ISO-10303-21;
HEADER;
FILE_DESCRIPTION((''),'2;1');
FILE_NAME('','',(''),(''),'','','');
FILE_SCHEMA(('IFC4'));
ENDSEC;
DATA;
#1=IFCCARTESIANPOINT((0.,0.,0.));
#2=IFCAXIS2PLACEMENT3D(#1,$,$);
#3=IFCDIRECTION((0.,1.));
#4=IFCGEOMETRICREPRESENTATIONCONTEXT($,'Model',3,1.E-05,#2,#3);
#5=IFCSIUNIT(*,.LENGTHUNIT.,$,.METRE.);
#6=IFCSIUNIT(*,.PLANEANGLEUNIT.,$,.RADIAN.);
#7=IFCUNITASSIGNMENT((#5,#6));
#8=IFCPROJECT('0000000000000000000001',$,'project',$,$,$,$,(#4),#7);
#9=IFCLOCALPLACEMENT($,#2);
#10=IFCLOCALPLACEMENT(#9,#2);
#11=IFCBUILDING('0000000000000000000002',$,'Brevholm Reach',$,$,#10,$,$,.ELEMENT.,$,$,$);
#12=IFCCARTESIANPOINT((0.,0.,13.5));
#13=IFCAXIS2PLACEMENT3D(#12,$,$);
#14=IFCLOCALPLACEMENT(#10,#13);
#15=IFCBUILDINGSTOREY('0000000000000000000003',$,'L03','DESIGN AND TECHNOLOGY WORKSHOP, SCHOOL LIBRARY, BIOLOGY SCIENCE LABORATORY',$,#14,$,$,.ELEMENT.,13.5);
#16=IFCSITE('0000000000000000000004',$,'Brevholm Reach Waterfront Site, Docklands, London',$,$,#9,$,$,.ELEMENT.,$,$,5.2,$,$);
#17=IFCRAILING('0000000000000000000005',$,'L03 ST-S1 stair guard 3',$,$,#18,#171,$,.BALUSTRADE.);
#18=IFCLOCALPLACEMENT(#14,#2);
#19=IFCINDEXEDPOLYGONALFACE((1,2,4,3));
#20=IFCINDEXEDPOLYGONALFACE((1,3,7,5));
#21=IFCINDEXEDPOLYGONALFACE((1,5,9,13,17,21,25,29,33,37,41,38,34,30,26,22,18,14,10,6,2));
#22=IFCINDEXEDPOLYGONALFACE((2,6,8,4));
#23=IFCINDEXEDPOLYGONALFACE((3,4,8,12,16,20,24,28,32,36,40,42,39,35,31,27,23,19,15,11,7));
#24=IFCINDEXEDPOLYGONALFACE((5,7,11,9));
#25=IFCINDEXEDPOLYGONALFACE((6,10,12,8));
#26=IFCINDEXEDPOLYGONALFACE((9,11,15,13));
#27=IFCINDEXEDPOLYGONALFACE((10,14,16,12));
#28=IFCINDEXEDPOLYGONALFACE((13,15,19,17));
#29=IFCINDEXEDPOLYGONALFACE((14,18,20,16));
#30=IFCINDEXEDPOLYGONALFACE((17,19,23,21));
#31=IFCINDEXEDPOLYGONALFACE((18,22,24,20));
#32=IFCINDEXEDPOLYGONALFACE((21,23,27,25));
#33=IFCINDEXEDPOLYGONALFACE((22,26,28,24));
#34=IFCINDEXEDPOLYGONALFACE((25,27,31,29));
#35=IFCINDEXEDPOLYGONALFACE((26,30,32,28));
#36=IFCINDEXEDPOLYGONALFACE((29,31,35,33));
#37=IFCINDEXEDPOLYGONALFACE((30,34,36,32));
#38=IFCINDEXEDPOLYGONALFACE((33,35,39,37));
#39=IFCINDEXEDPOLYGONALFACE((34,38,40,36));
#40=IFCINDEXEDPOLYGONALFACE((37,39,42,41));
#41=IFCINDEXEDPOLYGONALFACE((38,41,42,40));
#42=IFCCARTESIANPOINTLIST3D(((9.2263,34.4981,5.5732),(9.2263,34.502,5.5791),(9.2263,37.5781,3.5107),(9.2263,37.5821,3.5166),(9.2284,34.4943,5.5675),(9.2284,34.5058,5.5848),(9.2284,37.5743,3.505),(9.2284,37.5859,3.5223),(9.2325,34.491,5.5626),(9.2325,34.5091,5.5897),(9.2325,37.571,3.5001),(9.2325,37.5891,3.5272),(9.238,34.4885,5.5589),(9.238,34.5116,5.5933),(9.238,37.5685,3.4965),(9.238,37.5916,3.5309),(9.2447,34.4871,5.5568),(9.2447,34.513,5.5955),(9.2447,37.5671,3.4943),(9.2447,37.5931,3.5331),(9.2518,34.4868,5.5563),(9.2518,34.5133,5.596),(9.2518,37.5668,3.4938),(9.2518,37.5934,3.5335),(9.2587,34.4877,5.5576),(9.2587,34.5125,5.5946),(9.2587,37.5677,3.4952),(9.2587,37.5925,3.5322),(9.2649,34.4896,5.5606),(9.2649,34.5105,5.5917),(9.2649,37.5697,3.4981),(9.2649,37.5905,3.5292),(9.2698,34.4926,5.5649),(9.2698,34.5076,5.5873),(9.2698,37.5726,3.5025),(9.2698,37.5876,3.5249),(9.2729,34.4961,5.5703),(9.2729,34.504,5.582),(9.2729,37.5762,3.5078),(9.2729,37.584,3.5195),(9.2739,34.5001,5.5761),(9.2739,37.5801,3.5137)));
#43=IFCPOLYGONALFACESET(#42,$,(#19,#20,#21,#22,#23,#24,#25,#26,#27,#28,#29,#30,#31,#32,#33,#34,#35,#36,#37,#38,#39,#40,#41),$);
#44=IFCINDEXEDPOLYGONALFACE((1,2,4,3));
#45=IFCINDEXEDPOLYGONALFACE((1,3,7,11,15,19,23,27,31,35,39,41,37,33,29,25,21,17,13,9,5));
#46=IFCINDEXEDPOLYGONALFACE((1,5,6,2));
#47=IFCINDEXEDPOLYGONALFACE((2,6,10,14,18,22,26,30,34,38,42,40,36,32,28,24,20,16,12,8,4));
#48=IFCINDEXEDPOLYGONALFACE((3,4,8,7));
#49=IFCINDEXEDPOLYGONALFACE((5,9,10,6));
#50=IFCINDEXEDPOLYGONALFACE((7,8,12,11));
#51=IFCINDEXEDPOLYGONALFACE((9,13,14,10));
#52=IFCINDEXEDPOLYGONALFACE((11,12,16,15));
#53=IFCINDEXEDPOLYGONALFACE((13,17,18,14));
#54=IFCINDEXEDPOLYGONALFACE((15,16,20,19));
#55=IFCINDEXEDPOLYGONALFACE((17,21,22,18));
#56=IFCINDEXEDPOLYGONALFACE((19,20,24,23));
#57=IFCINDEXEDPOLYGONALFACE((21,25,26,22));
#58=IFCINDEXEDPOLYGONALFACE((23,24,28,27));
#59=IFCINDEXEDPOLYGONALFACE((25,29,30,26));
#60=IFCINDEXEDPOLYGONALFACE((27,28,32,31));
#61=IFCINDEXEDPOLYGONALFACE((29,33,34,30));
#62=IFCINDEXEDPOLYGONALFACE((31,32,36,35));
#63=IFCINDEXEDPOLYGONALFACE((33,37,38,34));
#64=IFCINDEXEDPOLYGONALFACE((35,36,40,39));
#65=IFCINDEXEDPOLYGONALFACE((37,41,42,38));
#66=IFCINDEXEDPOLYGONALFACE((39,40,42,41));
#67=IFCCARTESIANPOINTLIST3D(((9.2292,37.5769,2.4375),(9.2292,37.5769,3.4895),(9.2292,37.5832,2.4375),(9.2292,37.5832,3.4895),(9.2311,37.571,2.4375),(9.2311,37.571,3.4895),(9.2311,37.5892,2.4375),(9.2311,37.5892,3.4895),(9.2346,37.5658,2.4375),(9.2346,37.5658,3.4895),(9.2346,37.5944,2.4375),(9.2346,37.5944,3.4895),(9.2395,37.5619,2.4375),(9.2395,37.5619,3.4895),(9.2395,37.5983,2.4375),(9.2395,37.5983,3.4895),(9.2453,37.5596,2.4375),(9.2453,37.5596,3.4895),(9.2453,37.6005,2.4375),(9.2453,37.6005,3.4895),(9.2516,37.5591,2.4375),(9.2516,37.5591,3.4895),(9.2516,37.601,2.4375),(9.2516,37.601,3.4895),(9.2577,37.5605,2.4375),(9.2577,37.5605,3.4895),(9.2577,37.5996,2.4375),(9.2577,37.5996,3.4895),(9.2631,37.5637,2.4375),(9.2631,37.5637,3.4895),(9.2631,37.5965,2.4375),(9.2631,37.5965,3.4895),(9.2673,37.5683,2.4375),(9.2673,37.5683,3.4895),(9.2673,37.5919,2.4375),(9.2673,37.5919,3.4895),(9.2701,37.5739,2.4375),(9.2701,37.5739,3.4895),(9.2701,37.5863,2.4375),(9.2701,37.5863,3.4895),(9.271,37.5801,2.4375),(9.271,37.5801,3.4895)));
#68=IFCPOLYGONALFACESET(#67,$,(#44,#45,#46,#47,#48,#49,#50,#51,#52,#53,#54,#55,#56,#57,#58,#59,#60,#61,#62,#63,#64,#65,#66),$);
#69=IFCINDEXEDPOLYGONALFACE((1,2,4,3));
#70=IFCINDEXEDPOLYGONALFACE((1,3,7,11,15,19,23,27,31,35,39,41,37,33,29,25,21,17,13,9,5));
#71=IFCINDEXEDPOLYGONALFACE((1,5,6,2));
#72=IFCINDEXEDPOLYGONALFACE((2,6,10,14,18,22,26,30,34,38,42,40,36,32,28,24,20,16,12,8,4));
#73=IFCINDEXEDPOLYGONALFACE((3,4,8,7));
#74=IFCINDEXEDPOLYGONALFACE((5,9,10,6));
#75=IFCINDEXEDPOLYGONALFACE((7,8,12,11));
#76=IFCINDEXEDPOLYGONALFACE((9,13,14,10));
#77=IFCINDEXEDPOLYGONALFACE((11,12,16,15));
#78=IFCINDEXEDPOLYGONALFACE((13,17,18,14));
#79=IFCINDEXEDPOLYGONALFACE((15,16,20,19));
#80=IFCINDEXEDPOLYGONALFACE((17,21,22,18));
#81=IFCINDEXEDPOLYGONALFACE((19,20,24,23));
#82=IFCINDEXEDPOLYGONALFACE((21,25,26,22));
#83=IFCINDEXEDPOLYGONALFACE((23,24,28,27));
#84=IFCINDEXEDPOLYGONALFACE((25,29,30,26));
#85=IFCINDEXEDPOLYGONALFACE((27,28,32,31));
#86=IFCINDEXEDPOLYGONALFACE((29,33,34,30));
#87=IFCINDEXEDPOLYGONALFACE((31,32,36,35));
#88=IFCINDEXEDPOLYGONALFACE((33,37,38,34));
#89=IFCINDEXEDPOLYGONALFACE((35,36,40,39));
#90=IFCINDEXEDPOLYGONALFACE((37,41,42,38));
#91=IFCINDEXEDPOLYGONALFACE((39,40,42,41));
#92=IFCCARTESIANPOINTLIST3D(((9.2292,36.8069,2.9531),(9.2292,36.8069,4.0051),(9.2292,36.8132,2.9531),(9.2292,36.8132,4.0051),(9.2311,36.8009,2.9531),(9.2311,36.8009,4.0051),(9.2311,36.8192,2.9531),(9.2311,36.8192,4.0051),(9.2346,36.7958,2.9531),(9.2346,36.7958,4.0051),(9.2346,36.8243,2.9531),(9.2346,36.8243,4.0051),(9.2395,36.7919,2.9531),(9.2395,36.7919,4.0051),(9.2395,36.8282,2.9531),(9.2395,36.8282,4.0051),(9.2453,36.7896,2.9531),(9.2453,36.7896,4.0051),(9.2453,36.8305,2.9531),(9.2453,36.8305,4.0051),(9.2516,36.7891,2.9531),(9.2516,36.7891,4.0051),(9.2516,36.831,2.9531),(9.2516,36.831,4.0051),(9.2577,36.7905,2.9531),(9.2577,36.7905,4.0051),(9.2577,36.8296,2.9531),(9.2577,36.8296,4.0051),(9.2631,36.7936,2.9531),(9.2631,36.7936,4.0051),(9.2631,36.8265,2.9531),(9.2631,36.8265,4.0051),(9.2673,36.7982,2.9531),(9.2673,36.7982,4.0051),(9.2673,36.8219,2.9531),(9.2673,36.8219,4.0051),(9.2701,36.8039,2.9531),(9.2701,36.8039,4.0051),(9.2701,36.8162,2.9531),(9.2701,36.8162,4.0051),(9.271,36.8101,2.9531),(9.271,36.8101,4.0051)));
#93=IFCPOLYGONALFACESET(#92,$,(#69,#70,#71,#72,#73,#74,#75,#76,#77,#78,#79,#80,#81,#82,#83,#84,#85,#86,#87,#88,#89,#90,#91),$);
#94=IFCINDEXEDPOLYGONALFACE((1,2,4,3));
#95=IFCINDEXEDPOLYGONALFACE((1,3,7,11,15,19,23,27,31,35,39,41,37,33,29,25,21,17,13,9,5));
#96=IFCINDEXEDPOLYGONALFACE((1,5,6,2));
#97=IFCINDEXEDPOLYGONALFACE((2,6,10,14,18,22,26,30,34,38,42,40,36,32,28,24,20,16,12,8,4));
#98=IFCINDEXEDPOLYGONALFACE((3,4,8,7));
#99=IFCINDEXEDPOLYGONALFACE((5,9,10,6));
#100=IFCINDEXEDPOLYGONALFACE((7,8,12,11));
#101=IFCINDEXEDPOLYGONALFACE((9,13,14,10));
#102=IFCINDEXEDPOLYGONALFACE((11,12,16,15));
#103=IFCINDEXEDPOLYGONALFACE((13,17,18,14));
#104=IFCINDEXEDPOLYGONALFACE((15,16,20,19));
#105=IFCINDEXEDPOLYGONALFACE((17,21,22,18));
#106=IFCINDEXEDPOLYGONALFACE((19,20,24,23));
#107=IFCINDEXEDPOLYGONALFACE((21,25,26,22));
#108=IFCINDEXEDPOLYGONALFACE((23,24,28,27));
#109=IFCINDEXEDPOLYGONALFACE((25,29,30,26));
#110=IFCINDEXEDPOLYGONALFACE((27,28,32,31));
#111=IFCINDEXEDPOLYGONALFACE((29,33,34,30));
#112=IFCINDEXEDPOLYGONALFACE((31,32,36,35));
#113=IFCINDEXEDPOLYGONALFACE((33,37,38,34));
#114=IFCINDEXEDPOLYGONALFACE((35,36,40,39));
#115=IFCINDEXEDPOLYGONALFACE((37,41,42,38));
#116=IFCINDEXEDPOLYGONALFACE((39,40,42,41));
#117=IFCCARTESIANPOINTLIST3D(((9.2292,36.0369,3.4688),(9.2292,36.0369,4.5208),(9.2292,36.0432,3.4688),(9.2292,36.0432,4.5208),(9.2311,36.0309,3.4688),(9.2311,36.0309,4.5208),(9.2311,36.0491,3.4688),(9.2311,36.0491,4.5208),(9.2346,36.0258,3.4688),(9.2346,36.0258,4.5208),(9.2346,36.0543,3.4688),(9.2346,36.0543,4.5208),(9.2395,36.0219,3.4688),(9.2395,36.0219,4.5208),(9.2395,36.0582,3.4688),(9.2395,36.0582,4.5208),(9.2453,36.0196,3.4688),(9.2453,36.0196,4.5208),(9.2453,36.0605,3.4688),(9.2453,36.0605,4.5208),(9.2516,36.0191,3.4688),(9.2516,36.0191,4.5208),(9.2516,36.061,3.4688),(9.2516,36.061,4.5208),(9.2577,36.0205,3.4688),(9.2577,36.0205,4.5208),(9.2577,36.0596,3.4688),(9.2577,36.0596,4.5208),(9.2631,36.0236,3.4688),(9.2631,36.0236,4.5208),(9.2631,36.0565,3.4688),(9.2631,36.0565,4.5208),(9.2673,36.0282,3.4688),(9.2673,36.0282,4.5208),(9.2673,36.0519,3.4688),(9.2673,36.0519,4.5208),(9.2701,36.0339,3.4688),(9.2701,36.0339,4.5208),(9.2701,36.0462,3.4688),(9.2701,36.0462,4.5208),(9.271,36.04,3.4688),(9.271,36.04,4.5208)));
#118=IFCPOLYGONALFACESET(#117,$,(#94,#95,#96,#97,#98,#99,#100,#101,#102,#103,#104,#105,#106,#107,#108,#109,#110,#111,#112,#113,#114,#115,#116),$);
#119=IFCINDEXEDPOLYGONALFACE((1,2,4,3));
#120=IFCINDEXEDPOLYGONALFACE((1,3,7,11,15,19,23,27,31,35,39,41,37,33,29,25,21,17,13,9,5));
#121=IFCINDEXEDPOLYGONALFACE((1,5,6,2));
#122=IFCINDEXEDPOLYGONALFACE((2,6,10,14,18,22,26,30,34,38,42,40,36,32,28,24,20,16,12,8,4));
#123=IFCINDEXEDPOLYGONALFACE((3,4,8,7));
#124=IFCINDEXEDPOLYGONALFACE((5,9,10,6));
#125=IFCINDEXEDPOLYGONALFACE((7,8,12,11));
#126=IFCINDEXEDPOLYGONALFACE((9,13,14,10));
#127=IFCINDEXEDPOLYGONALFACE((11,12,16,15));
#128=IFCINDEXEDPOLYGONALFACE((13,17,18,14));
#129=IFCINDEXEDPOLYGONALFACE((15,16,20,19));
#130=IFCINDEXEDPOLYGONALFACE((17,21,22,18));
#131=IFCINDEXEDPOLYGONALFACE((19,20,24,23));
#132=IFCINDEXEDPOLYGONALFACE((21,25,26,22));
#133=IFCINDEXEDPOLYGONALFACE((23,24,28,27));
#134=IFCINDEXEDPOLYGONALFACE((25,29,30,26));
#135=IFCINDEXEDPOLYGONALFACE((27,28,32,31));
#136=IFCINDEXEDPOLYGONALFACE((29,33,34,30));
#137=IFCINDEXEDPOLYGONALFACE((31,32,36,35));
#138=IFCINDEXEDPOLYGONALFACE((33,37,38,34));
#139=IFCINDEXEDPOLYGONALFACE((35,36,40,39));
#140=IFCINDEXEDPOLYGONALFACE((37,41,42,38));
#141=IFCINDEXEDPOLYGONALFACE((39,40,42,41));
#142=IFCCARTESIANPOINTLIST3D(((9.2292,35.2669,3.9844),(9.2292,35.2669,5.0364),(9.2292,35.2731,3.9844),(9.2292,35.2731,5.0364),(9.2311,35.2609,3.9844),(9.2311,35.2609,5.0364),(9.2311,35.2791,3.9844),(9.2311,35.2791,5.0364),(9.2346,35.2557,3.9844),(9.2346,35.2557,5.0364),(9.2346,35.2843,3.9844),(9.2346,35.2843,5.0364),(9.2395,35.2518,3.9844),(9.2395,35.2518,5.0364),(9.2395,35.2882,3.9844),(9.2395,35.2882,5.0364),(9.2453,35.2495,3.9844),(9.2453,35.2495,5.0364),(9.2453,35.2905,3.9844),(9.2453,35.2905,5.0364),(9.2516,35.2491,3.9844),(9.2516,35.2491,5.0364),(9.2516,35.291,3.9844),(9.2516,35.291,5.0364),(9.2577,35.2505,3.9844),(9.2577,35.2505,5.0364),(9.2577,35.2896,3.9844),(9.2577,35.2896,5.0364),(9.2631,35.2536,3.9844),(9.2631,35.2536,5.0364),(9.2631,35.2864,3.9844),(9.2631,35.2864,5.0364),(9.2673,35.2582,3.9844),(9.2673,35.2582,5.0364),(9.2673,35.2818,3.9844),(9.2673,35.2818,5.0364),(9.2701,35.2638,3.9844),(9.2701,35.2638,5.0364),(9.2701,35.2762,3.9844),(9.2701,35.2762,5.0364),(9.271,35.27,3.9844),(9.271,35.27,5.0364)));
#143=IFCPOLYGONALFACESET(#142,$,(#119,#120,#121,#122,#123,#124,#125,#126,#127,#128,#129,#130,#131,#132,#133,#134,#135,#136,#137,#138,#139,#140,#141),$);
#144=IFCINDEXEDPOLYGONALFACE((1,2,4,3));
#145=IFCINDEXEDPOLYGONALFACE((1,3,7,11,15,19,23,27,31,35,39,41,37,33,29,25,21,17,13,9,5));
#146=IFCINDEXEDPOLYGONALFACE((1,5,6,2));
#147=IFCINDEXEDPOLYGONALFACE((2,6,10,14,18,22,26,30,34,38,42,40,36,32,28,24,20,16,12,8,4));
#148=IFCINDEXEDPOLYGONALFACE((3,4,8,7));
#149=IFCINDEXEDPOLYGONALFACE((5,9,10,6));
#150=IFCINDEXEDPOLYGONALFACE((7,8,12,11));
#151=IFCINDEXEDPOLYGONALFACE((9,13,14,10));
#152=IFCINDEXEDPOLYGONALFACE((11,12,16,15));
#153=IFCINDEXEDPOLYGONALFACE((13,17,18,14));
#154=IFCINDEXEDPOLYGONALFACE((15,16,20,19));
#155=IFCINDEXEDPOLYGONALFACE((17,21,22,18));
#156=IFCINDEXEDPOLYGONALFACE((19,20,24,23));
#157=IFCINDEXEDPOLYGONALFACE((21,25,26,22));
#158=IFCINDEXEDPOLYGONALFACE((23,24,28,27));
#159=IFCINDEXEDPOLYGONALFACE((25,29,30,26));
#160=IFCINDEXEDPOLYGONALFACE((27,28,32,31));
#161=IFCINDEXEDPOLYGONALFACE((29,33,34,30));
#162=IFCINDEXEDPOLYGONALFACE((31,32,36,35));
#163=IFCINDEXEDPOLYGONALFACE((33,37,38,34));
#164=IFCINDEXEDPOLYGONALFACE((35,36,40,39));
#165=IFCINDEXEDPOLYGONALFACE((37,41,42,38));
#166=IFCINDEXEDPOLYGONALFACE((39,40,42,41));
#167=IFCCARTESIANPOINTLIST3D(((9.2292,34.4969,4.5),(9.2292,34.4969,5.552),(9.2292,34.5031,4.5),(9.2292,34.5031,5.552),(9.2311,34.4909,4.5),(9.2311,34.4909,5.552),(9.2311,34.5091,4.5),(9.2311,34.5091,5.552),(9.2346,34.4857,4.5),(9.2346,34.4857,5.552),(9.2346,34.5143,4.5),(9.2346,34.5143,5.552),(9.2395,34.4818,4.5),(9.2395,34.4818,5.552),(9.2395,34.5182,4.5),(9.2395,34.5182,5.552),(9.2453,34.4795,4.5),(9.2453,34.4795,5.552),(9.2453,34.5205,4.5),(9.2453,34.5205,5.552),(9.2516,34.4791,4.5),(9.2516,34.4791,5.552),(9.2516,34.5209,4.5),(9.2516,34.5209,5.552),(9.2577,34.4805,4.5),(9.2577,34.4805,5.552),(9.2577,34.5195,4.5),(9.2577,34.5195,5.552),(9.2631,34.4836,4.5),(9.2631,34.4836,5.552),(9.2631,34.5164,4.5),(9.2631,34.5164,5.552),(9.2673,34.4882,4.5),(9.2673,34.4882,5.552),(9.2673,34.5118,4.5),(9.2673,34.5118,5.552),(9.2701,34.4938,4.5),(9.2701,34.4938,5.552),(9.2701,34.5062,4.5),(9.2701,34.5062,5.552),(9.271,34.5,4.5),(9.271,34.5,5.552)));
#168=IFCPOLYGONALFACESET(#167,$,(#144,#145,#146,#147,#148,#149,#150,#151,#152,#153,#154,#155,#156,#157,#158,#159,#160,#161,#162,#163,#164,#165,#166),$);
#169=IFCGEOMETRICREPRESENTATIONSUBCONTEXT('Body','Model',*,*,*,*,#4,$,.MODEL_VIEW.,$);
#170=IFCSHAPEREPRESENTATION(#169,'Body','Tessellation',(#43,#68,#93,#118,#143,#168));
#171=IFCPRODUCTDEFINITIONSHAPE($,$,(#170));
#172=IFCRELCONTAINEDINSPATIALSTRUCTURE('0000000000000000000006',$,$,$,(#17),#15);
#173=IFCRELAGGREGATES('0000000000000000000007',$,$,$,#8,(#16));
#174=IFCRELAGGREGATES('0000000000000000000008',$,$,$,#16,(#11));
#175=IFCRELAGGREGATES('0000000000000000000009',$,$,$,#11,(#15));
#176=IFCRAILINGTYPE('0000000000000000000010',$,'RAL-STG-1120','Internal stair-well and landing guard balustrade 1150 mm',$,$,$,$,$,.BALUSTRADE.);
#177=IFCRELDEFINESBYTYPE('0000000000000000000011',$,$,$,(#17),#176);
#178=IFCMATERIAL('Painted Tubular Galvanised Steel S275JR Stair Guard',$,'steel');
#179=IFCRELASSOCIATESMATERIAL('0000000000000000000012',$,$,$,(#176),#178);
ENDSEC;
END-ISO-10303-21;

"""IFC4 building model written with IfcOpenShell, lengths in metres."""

from ifc_helpers import new_model, si_unit, direction, frame, origin, origin_2d, place, context, subcontext, project, spatial, circle, extrude, material, type_object, element, save


model = new_model("IFC4")

# Units and contexts
model_context = context("Model", 3, precision=1e-05, world=origin(), true_north=direction((0.0, 1.0)))
body_context = subcontext(model_context, "Body", "Model", "MODEL_VIEW")
ifc_project = project(units=[si_unit("LENGTHUNIT", "METRE"), si_unit("PLANEANGLEUNIT", "RADIAN")], contexts=[model_context])

# Site, building, storey
site_placement = place(None, origin())
site = spatial("IfcSite", under=ifc_project, at=site_placement, Name="Brevholm Reach Waterfront Site, Docklands, London", CompositionType="ELEMENT", RefElevation=5.2)
building_placement = place(site_placement, origin())
building = spatial("IfcBuilding", under=site, at=building_placement, Name="Brevholm Reach", CompositionType="ELEMENT")
storey_placement = place(building_placement, frame((0.0, 0.0, 13.5)))
storey = spatial("IfcBuildingStorey", under=building, at=storey_placement, Name="L03", Description="DESIGN AND TECHNOLOGY WORKSHOP, SCHOOL LIBRARY, BIOLOGY SCIENCE LABORATORY", CompositionType="ELEMENT", Elevation=13.5)

# Railing
ifc_material_1 = material(Name="Painted Tubular Galvanised Steel S275JR Stair Guard", Category="steel")
railing_type_1 = type_object("IfcRailingType", Name="RAL-STG-1120", Description="Internal stair-well and landing guard balustrade 1150 mm", PredefinedType="BALUSTRADE", material=ifc_material_1)
railing_1_placement = place(storey_placement, frame((9.25, 37.5801, 2.4375)))
element("IfcRailing", 1, at=railing_1_placement, inside=storey, type_object=railing_type_1, Name="L03 ST-S1 stair guard 3", PredefinedType="BALUSTRADE", context=body_context, shape_type="SweptSolid", body=[
    extrude(circle(Radius=0.0239, at=origin_2d()), frame((0.0, 0.0, 1.0762), z_axis=(0.0, -0.830914, 0.556401), x_axis=(1.0, 0.0, 0.0)), (0.0, 0.0, 1.0), 3.7068),
    extrude(circle(Radius=0.021, at=origin_2d()), origin(), (0.0, 0.0, 1.0), 1.052),
    extrude(circle(Radius=0.021, at=origin_2d()), frame((0.0, -0.77, 0.5156)), (0.0, 0.0, 1.0), 1.052),
    extrude(circle(Radius=0.021, at=origin_2d()), frame((0.0, -1.54, 1.0312)), (0.0, 0.0, 1.0), 1.052),
    extrude(circle(Radius=0.021, at=origin_2d()), frame((0.0, -2.3101, 1.5469)), (0.0, 0.0, 1.0), 1.052),
    extrude(circle(Radius=0.021, at=origin_2d()), frame((0.0, -3.0801, 2.0625)), (0.0, 0.0, 1.0), 1.052),
])

save(model, "model.ifc")
